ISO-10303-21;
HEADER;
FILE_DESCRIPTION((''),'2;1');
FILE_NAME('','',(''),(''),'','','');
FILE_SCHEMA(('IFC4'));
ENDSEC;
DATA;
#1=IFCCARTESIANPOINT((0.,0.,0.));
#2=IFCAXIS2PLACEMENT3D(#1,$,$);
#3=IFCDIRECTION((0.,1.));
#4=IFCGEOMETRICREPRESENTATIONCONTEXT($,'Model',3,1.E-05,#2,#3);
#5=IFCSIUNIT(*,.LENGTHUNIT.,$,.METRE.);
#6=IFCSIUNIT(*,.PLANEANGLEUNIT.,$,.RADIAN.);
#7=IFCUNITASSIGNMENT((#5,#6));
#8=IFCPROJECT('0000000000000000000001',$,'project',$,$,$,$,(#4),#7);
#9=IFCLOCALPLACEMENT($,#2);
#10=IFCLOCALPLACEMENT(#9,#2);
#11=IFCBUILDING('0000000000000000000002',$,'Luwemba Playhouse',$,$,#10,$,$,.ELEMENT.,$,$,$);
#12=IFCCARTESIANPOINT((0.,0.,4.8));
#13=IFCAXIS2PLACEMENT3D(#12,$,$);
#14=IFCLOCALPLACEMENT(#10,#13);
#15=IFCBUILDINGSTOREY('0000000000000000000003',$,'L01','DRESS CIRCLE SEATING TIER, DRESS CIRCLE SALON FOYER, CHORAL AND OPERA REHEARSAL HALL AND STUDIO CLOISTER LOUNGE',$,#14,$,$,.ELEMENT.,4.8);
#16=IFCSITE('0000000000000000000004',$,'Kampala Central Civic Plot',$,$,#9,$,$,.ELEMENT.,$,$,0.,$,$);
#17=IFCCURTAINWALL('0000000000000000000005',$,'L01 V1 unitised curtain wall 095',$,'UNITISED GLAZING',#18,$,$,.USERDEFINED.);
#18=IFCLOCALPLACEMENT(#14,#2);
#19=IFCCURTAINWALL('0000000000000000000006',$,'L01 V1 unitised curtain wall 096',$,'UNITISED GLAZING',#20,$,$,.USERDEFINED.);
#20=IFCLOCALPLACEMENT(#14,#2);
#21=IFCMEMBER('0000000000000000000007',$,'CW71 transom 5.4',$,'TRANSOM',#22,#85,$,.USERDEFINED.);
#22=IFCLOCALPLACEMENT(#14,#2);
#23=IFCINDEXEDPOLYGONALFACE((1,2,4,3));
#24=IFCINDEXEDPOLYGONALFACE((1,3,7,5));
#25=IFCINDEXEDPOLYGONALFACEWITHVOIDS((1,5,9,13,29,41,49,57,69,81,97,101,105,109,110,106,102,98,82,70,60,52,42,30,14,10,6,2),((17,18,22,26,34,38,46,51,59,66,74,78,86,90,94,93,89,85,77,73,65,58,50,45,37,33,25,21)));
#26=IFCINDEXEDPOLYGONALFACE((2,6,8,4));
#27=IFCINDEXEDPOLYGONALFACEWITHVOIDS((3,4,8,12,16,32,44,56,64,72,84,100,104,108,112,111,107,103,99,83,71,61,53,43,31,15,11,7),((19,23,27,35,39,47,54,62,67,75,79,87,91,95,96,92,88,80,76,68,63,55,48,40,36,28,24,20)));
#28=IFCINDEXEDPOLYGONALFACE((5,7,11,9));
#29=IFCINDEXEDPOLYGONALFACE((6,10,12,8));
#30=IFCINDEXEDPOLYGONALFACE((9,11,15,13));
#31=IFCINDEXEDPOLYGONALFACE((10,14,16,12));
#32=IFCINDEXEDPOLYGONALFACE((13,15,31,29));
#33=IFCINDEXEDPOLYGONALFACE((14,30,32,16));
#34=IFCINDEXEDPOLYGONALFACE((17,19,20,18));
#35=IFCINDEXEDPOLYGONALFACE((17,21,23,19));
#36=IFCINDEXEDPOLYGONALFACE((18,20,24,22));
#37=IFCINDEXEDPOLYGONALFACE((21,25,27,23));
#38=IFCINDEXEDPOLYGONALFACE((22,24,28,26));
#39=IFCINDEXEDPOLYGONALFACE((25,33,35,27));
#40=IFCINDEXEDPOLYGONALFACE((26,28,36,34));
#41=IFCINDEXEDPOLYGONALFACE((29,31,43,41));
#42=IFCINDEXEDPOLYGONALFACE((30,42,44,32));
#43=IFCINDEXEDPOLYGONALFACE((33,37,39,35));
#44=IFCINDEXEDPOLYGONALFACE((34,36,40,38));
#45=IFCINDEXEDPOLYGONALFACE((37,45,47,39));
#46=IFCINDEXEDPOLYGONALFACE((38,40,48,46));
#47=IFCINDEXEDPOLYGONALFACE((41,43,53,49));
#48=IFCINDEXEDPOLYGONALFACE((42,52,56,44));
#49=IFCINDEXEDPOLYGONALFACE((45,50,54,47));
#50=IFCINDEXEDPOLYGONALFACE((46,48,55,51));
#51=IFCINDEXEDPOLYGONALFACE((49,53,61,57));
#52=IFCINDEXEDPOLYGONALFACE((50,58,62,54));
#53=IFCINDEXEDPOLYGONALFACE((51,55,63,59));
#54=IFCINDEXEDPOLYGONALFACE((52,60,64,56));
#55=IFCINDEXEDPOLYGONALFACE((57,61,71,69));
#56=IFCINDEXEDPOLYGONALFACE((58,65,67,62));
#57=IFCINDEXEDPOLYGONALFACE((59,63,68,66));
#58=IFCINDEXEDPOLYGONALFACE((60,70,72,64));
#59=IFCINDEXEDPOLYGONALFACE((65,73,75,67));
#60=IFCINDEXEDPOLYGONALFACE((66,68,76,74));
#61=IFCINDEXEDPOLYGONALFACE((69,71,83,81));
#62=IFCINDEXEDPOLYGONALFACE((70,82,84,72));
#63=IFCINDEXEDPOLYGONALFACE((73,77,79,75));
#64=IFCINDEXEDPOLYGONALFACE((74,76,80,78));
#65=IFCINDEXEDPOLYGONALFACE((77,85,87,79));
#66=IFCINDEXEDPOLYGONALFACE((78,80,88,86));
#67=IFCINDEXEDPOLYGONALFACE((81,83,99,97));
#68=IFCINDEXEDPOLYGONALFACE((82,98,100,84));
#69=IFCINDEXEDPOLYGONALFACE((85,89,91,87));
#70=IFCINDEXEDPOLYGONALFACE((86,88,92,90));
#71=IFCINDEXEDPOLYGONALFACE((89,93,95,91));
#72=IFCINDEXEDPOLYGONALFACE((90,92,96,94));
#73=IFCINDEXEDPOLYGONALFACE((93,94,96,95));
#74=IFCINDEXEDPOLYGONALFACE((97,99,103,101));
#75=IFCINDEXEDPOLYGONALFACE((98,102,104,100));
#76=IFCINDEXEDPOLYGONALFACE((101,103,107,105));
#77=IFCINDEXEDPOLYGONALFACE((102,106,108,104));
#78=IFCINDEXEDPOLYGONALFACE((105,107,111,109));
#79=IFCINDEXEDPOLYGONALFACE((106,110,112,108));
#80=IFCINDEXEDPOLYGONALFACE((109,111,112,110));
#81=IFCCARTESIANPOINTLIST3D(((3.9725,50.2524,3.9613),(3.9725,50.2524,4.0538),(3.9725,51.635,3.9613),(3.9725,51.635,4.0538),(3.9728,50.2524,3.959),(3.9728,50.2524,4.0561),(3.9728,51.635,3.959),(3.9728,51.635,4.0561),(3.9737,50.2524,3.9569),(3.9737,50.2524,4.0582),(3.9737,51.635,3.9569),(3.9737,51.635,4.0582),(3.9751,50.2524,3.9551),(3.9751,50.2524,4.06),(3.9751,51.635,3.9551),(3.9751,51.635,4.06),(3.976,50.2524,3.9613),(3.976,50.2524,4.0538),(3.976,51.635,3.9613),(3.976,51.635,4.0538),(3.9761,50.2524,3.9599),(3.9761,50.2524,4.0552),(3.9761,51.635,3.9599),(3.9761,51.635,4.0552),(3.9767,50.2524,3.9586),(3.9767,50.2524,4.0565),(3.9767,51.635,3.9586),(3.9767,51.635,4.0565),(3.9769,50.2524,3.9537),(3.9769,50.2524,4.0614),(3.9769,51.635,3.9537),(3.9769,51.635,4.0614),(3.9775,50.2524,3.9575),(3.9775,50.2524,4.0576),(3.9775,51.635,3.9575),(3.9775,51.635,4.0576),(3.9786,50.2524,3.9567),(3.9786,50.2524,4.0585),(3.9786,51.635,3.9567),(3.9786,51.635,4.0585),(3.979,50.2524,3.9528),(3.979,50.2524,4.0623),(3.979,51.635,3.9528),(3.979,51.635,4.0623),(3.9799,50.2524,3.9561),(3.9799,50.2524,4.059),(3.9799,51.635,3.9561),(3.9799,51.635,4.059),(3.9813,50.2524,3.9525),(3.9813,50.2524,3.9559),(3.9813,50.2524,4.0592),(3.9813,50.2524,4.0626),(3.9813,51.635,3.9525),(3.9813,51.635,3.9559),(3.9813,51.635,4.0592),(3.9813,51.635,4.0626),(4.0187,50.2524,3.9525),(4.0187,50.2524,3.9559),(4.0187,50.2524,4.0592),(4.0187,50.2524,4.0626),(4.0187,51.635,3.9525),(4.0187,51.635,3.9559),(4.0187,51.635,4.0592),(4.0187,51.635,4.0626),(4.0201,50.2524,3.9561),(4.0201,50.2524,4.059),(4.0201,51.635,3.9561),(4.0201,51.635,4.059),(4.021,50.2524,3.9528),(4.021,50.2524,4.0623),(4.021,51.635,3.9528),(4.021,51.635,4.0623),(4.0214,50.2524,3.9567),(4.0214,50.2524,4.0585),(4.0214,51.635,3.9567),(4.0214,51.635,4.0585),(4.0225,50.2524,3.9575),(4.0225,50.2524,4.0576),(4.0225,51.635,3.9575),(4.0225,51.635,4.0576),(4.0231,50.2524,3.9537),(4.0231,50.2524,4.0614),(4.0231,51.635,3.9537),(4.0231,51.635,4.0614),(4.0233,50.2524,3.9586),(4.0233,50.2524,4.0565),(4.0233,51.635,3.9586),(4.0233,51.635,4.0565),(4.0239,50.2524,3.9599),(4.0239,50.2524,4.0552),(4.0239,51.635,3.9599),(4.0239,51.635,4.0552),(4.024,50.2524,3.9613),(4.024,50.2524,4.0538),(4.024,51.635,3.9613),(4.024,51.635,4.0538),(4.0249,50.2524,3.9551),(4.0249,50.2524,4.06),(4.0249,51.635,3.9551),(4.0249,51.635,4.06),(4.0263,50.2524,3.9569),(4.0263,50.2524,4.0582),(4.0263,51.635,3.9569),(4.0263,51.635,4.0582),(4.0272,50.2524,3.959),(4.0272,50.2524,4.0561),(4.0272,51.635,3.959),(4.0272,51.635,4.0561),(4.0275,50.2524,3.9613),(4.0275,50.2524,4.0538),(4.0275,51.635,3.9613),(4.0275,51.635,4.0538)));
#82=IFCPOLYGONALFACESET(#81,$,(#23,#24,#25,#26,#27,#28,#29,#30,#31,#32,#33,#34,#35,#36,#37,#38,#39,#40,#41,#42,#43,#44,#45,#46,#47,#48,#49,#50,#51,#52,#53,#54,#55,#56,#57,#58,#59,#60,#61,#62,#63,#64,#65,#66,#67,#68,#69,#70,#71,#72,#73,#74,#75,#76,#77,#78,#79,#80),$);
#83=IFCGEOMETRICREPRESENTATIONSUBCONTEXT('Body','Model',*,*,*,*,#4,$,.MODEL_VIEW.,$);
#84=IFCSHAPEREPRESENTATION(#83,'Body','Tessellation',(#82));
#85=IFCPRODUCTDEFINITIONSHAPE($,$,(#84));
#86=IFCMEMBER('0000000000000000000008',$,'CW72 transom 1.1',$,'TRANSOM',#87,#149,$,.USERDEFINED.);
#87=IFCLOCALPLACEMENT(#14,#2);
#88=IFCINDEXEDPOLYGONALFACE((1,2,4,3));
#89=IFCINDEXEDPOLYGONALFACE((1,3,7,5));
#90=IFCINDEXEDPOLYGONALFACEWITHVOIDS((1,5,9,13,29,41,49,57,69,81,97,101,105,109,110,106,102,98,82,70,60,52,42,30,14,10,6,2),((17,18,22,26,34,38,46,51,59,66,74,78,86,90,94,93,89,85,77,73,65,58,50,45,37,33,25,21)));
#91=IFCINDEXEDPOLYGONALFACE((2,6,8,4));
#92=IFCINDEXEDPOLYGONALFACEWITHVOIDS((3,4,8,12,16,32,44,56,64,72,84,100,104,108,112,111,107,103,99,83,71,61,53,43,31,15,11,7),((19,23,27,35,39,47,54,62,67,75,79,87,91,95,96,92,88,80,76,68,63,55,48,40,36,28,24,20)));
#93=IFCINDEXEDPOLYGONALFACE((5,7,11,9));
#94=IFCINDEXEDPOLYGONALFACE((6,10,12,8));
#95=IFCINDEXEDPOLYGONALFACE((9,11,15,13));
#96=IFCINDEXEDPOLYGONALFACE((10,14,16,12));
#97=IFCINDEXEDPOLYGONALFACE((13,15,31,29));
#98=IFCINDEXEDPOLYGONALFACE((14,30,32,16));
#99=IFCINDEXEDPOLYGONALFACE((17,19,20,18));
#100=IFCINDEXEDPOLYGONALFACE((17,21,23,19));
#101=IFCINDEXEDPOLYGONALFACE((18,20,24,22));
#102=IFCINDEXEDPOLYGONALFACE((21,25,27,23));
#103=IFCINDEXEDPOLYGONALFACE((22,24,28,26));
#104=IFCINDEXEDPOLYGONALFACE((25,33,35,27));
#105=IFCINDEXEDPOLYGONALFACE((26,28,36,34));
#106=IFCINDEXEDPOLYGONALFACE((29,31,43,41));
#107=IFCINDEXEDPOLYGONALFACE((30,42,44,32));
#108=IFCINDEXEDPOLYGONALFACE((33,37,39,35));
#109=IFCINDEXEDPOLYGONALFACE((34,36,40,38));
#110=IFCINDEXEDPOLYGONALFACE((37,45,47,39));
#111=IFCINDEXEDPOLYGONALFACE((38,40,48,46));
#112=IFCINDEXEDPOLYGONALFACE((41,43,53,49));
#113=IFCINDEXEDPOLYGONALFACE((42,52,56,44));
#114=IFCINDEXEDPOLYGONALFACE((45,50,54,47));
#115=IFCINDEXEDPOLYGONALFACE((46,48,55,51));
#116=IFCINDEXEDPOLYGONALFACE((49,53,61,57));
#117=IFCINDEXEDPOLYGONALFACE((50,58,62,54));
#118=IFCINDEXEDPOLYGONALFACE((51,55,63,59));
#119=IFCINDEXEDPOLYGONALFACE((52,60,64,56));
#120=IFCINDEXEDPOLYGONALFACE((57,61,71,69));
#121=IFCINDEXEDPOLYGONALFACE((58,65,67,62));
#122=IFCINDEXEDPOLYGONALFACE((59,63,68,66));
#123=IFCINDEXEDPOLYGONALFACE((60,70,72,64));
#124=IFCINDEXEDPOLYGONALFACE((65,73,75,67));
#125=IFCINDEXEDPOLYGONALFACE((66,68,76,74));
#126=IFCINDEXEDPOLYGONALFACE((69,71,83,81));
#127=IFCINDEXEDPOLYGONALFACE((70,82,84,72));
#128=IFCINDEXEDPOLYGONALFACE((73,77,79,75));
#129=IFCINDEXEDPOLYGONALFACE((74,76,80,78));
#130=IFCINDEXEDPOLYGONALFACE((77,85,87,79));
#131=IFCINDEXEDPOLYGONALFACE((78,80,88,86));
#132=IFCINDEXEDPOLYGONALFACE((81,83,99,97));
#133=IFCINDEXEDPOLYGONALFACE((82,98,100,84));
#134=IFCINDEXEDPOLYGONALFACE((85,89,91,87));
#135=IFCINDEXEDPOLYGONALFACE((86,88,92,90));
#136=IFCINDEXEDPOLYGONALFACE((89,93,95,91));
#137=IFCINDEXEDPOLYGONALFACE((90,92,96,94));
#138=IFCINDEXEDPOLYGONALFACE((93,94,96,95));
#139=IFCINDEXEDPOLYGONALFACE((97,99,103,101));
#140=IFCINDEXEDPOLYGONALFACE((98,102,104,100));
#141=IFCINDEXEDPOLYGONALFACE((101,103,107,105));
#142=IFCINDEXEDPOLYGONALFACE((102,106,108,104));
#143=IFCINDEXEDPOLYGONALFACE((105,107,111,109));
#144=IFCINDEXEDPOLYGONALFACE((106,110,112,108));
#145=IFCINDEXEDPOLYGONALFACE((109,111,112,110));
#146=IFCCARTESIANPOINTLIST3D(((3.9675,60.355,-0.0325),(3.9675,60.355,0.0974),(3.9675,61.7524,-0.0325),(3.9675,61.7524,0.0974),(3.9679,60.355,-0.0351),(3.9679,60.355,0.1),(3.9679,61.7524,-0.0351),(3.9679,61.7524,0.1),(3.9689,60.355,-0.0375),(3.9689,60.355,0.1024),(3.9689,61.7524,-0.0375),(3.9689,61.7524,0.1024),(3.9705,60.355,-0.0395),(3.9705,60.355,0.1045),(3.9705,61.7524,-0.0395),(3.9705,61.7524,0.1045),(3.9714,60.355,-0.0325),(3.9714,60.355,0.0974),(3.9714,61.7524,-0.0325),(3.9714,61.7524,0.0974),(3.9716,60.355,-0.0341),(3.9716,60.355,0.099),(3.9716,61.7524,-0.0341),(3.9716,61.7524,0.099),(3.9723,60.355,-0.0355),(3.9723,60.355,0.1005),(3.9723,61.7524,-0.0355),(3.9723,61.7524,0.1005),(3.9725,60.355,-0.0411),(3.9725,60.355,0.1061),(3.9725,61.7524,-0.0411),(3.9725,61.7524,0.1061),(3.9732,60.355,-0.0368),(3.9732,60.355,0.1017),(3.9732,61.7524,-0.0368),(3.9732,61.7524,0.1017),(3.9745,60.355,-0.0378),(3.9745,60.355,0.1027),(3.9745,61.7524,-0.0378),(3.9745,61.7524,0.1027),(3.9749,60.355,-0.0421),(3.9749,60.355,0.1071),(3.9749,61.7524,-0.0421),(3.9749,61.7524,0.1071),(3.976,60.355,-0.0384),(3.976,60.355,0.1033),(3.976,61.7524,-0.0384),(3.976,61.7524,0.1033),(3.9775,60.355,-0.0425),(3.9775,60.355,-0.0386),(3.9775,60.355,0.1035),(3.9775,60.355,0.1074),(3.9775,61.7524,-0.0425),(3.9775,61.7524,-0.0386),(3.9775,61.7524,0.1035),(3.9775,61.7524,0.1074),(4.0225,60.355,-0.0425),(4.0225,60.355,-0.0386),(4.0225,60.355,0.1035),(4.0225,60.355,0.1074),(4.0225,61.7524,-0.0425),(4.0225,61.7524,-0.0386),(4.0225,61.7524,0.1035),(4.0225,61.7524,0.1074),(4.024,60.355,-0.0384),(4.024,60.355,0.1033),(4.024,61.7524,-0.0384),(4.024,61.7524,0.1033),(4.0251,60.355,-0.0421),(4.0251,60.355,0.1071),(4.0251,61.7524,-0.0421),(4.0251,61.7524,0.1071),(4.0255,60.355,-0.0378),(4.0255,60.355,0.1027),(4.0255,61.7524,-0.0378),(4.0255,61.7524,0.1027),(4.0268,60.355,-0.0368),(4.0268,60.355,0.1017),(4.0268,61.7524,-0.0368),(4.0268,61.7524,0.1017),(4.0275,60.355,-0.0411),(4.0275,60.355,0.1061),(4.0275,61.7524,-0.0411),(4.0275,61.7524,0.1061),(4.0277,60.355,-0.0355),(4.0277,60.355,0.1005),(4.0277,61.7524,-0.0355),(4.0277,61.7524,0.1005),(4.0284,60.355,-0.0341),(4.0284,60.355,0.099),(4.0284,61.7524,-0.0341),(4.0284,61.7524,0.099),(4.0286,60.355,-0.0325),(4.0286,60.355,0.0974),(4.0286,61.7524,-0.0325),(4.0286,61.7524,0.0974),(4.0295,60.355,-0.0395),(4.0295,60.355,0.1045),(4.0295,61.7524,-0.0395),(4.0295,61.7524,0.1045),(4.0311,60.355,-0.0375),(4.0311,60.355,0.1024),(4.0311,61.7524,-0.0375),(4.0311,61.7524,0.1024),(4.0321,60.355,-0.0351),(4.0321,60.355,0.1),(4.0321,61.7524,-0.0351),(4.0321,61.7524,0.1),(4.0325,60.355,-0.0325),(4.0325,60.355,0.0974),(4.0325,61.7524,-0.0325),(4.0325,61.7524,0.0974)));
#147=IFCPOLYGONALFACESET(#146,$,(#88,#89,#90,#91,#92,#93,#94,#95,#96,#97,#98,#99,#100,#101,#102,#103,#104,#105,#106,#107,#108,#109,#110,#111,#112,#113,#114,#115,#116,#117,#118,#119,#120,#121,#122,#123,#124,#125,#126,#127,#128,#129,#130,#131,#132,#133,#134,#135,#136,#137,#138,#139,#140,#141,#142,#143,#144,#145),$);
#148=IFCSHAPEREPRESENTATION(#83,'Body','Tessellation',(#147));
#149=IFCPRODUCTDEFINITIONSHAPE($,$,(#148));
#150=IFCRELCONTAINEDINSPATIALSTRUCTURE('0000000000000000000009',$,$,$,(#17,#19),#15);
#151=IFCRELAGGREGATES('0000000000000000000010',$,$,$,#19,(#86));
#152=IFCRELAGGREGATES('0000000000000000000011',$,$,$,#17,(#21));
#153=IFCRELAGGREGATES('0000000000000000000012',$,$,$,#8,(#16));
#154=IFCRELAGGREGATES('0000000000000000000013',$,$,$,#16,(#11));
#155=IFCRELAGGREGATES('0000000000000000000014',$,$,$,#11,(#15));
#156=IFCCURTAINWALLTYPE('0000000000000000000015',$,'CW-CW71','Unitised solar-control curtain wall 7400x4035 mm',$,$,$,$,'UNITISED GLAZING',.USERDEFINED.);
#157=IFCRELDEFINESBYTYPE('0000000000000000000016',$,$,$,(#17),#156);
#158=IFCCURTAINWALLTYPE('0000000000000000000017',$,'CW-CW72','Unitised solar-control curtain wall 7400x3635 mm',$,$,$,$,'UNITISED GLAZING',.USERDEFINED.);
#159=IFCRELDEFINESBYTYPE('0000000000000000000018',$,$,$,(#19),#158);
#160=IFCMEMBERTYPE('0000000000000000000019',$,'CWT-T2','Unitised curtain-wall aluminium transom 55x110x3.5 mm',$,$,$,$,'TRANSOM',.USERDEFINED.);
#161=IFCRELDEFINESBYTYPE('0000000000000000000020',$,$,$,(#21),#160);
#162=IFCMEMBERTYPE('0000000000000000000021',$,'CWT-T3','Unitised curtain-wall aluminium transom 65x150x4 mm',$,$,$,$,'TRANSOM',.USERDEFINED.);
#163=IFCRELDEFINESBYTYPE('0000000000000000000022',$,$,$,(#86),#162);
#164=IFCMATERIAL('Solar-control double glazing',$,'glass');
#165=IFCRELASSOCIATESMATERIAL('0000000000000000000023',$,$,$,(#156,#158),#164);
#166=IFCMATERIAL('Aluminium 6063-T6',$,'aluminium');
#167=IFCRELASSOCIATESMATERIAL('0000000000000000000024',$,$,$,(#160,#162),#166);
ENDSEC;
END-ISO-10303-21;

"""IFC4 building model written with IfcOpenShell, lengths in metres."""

from ifc_helpers import new_model, si_unit, direction, frame, origin, origin_2d, place, context, subcontext, project, spatial, hollow_rectangle, extrude, material, material_profile, profile_set, type_object, element, aggregate, save


model = new_model("IFC4")

# Units and contexts
model_context = context("Model", 3, precision=1e-05, world=origin(), true_north=direction((0.0, 1.0)))
body_context = subcontext(model_context, "Body", "Model", "MODEL_VIEW")
ifc_project = project(units=[si_unit("LENGTHUNIT", "METRE"), si_unit("PLANEANGLEUNIT", "RADIAN")], contexts=[model_context])

# Site, building, storey
site_placement = place(None, origin())
site = spatial("IfcSite", under=ifc_project, at=site_placement, Name="Kampala Central Civic Plot", CompositionType="ELEMENT", RefElevation=0.0)
building_placement = place(site_placement, origin())
building = spatial("IfcBuilding", under=site, at=building_placement, Name="Luwemba Playhouse", CompositionType="ELEMENT")
storey_placement = place(building_placement, frame((0.0, 0.0, 4.8)))
storey = spatial("IfcBuildingStorey", under=building, at=storey_placement, Name="L01", Description="DRESS CIRCLE SEATING TIER, DRESS CIRCLE SALON FOYER, CHORAL AND OPERA REHEARSAL HALL AND STUDIO CLOISTER LOUNGE", CompositionType="ELEMENT", Elevation=4.8)

# Curtain walls
ifc_material_1 = material(Name="Solar-control double glazing", Category="glass")
curtain_wall_type_1 = type_object("IfcCurtainWallType", Name="CW-CW71", Description="Unitised solar-control curtain wall 7400x4035 mm", ElementType="UNITISED GLAZING", PredefinedType="USERDEFINED", material=ifc_material_1)
curtain_wall_1_placement = place(storey_placement, origin())
curtain_wall_1 = element("IfcCurtainWall", 1, at=curtain_wall_1_placement, inside=storey, type_object=curtain_wall_type_1, Name="L01 V1 unitised curtain wall 095", ObjectType="UNITISED GLAZING", PredefinedType="USERDEFINED")
ifc_material_2 = material(Name="Aluminium 6063-T6", Category="aluminium")
curtain_wall_type_2 = type_object("IfcCurtainWallType", Name="CW-CW72", Description="Unitised solar-control curtain wall 7400x3635 mm", ElementType="UNITISED GLAZING", PredefinedType="USERDEFINED", material=ifc_material_1)
curtain_wall_2_placement = place(storey_placement, origin())
curtain_wall_2 = element("IfcCurtainWall", 2, at=curtain_wall_2_placement, inside=storey, type_object=curtain_wall_type_2, Name="L01 V1 unitised curtain wall 096", ObjectType="UNITISED GLAZING", PredefinedType="USERDEFINED")

# Members
ifc_material_profile_1 = material_profile(ifc_material_2, hollow_rectangle(XDim=0.0549, YDim=0.1101, WallThickness=0.0034, InnerFilletRadius=0.0054, OuterFilletRadius=0.0088, at=origin_2d()))
ifc_profile_set_1 = profile_set([ifc_material_profile_1], Name="Aluminium 6063-T6")
member_type_1 = type_object("IfcMemberType", Name="CWT-T2", Description="Unitised curtain-wall aluminium transom 55x110x3.5 mm", ElementType="TRANSOM", PredefinedType="USERDEFINED", material=ifc_profile_set_1)
member_1_placement = place(storey_placement, frame((4.0, 50.2524, 4.0076), z_axis=(0.0, 1.0, 0.0), x_axis=(-1.0, 0.0, 0.0)))
member_1 = element("IfcMember", 3, at=member_1_placement, type_object=member_type_1, Name="CW71 transom 5.4", ObjectType="TRANSOM", PredefinedType="USERDEFINED", context=body_context, shape_type="SweptSolid", body=[
    extrude(hollow_rectangle(XDim=0.0549, YDim=0.1101, WallThickness=0.0034, InnerFilletRadius=0.0054, OuterFilletRadius=0.0088, at=origin_2d()), origin(), (0.0, 0.0, 1.0), 1.3826),
])
ifc_material_profile_2 = material_profile(ifc_material_2, hollow_rectangle(XDim=0.0649, YDim=0.1499, WallThickness=0.0039, InnerFilletRadius=0.0061, OuterFilletRadius=0.01, at=origin_2d()))
ifc_profile_set_2 = profile_set([ifc_material_profile_2], Name="Aluminium 6063-T6")
member_type_2 = type_object("IfcMemberType", Name="CWT-T3", Description="Unitised curtain-wall aluminium transom 65x150x4 mm", ElementType="TRANSOM", PredefinedType="USERDEFINED", material=ifc_profile_set_2)
member_2_placement = place(storey_placement, frame((4.0, 60.355, 0.0325), z_axis=(0.0, 1.0, 0.0), x_axis=(-1.0, 0.0, 0.0)))
member_2 = element("IfcMember", 4, at=member_2_placement, type_object=member_type_2, Name="CW72 transom 1.1", ObjectType="TRANSOM", PredefinedType="USERDEFINED", context=body_context, shape_type="SweptSolid", body=[
    extrude(hollow_rectangle(XDim=0.0649, YDim=0.1499, WallThickness=0.0039, InnerFilletRadius=0.0061, OuterFilletRadius=0.01, at=origin_2d()), origin(), (0.0, 0.0, 1.0), 1.3975),
])
aggregate(curtain_wall_2, [member_2])

aggregate(curtain_wall_1, [member_1])

save(model, "model.ifc")
